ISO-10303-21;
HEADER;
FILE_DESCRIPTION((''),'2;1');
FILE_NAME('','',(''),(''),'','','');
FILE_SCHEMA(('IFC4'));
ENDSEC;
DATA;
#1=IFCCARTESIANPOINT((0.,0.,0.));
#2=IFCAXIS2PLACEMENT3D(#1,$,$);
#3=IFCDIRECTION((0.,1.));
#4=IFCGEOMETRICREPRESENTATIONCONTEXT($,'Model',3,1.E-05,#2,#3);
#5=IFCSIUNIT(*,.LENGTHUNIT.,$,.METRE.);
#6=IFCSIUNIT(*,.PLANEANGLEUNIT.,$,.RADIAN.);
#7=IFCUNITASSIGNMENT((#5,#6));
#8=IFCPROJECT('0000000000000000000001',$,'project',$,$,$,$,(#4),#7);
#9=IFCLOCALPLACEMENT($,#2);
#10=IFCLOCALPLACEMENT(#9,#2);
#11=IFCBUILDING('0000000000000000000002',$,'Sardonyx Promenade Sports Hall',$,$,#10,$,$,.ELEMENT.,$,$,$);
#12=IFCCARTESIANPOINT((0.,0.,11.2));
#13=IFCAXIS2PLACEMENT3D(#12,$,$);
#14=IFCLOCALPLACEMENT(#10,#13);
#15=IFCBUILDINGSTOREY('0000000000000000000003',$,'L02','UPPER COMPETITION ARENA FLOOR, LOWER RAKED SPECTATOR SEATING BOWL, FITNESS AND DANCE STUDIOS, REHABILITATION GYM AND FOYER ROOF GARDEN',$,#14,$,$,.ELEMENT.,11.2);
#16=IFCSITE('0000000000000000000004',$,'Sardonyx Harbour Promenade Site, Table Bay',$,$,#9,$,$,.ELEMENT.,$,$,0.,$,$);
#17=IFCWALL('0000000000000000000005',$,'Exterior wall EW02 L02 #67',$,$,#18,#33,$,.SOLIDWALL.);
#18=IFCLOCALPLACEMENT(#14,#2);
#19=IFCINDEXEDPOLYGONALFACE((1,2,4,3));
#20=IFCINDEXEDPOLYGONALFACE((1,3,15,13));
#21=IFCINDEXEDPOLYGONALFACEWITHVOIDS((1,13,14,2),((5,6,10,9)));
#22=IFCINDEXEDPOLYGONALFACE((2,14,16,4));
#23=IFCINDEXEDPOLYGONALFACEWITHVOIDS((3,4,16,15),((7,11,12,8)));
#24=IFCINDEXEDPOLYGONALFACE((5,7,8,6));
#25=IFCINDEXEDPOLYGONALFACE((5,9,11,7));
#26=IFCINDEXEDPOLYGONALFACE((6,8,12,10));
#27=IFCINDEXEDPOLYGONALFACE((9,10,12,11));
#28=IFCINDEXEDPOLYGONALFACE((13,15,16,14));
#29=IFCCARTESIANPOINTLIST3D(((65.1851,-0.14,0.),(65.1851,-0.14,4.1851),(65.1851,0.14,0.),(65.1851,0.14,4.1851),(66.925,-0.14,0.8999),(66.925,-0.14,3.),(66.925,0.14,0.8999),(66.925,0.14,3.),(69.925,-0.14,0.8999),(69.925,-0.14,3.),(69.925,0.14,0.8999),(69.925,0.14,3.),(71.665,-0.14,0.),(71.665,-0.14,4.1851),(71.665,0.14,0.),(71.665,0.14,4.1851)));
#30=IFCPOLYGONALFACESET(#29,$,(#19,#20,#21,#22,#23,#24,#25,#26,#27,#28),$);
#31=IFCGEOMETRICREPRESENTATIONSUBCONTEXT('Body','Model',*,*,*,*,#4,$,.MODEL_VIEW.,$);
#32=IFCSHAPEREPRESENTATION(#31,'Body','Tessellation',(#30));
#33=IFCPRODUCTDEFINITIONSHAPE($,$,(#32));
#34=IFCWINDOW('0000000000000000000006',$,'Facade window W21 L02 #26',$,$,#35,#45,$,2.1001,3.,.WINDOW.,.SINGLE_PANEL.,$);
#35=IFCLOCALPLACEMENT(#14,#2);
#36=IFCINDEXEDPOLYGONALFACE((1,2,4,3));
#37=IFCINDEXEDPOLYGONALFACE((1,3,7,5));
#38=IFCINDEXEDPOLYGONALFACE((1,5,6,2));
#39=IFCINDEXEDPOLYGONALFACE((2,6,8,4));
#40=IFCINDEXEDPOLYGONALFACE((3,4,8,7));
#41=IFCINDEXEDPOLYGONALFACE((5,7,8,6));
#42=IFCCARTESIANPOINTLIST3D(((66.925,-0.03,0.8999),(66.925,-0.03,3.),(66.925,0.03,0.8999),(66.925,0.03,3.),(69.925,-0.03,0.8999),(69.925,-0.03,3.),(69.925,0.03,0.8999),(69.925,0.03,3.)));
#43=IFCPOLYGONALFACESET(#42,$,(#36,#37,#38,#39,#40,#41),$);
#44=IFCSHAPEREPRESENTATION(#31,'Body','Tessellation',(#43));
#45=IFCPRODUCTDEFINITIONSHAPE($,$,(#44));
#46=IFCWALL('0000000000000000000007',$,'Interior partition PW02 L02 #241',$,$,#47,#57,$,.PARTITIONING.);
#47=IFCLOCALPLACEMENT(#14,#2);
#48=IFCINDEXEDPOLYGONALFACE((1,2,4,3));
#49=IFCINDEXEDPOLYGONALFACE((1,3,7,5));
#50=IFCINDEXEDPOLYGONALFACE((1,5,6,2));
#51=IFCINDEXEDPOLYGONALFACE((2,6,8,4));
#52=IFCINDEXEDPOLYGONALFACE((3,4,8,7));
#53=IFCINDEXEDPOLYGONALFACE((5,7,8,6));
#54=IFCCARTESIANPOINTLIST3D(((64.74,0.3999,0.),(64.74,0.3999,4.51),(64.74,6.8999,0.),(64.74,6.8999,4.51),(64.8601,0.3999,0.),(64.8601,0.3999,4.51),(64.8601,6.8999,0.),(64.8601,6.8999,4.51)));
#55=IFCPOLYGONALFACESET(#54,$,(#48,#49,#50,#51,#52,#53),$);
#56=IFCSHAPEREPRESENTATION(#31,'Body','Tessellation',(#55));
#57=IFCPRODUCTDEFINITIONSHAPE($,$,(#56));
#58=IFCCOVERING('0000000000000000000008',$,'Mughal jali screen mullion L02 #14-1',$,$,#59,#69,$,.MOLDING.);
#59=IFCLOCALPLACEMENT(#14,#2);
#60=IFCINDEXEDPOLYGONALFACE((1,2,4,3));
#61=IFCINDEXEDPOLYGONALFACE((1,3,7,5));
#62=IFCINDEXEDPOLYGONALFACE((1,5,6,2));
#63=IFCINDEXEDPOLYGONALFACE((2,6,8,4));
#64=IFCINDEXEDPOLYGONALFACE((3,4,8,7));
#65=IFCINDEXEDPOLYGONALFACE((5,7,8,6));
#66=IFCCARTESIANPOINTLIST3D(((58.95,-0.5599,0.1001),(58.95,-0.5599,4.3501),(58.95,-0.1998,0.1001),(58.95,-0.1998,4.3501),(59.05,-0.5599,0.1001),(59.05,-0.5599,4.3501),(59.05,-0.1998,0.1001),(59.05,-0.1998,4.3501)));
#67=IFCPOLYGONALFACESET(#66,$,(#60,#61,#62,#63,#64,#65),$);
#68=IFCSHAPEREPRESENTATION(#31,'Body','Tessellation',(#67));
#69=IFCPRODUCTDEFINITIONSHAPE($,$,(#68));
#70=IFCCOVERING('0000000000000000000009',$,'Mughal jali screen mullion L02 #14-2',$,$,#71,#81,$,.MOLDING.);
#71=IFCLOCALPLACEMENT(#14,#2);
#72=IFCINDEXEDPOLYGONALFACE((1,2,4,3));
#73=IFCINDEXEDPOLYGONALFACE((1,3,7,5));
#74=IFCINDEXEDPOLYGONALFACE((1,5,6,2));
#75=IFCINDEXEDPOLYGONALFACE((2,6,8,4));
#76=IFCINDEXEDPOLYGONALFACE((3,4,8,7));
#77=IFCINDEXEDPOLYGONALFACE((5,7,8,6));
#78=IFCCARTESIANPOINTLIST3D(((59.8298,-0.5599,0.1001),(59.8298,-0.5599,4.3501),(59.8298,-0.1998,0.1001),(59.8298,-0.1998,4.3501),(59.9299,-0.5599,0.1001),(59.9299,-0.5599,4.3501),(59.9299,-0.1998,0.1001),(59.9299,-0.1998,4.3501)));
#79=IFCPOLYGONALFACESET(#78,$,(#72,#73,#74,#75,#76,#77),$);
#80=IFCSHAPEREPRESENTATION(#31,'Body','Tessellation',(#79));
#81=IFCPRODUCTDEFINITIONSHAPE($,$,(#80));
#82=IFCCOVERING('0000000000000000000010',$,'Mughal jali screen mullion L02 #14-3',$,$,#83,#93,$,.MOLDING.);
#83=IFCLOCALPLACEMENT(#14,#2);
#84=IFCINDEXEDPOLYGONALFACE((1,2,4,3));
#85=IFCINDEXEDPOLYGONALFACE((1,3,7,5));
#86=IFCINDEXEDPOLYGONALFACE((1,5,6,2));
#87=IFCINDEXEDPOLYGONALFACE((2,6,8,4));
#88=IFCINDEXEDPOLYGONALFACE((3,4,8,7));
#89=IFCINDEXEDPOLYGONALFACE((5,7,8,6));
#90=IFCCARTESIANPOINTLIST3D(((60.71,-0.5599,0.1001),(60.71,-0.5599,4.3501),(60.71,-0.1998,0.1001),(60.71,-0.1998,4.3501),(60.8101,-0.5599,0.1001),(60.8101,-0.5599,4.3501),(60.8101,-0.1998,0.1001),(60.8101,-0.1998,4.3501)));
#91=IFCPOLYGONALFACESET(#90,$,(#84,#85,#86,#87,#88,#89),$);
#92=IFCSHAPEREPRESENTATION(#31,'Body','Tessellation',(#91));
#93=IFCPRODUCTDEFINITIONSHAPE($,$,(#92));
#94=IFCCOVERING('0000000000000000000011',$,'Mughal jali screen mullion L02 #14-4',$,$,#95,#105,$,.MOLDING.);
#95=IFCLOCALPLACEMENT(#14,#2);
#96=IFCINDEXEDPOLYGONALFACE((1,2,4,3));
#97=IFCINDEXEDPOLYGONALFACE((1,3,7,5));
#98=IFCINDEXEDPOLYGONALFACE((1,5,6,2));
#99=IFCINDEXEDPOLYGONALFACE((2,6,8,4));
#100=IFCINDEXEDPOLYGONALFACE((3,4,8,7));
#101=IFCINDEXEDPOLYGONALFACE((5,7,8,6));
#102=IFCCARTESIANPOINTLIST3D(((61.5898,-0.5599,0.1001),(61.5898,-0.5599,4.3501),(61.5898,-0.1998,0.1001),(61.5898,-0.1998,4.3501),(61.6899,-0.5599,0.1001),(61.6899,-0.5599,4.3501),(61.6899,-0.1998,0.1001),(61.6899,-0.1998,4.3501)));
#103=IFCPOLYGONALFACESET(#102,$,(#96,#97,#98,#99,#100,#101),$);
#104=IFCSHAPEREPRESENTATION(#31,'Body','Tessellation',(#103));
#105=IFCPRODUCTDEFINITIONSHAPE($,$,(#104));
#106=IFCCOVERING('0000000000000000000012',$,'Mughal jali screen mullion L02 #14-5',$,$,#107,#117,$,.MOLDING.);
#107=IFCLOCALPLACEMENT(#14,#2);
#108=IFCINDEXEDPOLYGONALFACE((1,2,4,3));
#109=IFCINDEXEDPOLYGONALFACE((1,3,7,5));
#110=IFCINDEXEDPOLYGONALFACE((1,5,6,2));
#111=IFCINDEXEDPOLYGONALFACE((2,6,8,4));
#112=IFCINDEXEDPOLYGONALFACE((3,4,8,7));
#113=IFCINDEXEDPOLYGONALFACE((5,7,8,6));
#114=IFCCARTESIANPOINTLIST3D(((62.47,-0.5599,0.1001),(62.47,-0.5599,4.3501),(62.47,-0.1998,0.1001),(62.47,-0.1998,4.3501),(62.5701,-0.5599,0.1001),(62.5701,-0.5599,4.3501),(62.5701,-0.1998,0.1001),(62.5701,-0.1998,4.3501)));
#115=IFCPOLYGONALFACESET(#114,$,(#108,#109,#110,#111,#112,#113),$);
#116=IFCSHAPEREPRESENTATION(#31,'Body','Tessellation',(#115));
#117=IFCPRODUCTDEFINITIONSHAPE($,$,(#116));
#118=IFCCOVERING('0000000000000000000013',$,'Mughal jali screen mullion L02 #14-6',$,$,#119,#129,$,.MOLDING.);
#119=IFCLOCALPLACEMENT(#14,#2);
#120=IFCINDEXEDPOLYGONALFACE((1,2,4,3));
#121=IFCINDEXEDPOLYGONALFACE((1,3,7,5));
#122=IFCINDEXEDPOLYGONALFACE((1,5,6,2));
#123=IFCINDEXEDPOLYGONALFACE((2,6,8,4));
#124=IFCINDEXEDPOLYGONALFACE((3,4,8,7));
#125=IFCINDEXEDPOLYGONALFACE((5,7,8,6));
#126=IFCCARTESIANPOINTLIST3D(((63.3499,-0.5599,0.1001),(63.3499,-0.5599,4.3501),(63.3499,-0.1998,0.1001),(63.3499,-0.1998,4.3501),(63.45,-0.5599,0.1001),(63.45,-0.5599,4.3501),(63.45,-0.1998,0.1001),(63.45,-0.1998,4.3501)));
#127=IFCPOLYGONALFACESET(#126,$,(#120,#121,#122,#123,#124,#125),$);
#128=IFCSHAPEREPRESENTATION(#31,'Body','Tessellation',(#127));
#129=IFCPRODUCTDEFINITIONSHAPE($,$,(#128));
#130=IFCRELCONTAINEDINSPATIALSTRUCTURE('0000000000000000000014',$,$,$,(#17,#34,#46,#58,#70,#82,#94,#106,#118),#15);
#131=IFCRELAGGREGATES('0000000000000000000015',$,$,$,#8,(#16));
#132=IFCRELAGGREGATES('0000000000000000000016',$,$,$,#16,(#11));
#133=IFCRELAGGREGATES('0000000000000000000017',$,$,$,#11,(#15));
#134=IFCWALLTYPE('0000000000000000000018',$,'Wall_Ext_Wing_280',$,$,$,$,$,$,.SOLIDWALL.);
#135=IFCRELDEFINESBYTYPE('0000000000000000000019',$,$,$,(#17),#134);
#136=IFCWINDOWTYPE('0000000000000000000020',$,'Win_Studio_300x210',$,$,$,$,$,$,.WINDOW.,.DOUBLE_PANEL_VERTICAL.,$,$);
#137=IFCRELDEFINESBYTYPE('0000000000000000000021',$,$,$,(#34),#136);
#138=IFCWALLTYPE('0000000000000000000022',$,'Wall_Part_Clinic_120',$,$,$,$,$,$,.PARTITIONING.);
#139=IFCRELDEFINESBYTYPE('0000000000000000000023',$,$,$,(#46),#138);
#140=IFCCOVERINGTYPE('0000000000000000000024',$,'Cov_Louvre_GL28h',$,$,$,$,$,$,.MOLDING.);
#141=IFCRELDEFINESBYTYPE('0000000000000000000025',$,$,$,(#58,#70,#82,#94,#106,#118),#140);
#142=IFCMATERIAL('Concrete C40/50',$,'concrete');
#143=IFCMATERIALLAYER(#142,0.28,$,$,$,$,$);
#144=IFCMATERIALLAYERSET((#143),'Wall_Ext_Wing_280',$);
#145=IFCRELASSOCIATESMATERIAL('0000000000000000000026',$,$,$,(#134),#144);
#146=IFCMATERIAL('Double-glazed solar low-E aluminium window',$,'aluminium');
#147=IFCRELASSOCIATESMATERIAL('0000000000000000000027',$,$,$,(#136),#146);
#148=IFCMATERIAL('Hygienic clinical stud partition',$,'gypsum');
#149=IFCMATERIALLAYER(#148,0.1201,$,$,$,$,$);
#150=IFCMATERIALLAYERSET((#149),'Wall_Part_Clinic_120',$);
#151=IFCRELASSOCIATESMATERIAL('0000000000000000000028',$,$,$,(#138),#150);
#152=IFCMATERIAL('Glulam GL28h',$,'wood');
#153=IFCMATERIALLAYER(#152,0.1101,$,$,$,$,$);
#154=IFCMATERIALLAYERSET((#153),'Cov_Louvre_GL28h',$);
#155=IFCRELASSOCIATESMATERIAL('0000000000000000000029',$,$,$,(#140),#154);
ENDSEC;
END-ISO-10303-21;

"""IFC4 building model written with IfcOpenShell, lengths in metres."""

from ifc_helpers import new_model, si_unit, direction, frame, frame_2d, origin, origin_2d, place, context, subcontext, project, spatial, rectangle, extrude, material, layer, layer_set, type_object, element, fill, save


model = new_model("IFC4")

# Units and contexts
model_context = context("Model", 3, precision=1e-05, world=origin(), true_north=direction((0.0, 1.0)))
body_context = subcontext(model_context, "Body", "Model", "MODEL_VIEW")
ifc_project = project(units=[si_unit("LENGTHUNIT", "METRE"), si_unit("PLANEANGLEUNIT", "RADIAN")], contexts=[model_context])

# Site, building, storey
site_placement = place(None, origin())
site = spatial("IfcSite", under=ifc_project, at=site_placement, Name="Sardonyx Harbour Promenade Site, Table Bay", CompositionType="ELEMENT", RefElevation=0.0)
building_placement = place(site_placement, origin())
building = spatial("IfcBuilding", under=site, at=building_placement, Name="Sardonyx Promenade Sports Hall", CompositionType="ELEMENT")
storey_placement = place(building_placement, frame((0.0, 0.0, 11.2)))
storey = spatial("IfcBuildingStorey", under=building, at=storey_placement, Name="L02", Description="UPPER COMPETITION ARENA FLOOR, LOWER RAKED SPECTATOR SEATING BOWL, FITNESS AND DANCE STUDIOS, REHABILITATION GYM AND FOYER ROOF GARDEN", CompositionType="ELEMENT", Elevation=11.2)

# Wall, opening, window
ifc_material_1 = material(Name="Concrete C40/50", Category="concrete")
ifc_layer_1 = layer(ifc_material_1, 0.28)
ifc_layer_set_1 = layer_set([ifc_layer_1], Name="Wall_Ext_Wing_280")
wall_type_1 = type_object("IfcWallType", Name="Wall_Ext_Wing_280", PredefinedType="SOLIDWALL", material=ifc_layer_set_1)
wall_1_placement = place(storey_placement, frame((71.665, 0.0, 0.0), z_axis=(0.0, 0.0, 1.0), x_axis=(-1.0, 0.0, 0.0)))
wall_1 = element("IfcWall", 1, at=wall_1_placement, inside=storey, type_object=wall_type_1, Name="Exterior wall EW02 L02 #67", PredefinedType="SOLIDWALL", context=body_context, shape_type="SweptSolid", body=[
    extrude(rectangle(XDim=6.48, YDim=0.28, at=frame_2d((3.24, 0.0))), origin(), (0.0, 0.0, 1.0), 4.1851),
])
opening_placement = place(wall_1_placement, frame((1.74, 0.0, 0.8999)))
opening = element("IfcOpeningElement", 2, at=opening_placement, cuts=wall_1, PredefinedType="OPENING", context=body_context, shape_type="SweptSolid", body=[
    extrude(rectangle(XDim=3.0, YDim=2.1001, at=frame_2d((1.5, 1.05))), frame((0.0, 0.15, 0.0), z_axis=(0.0, -1.0, 0.0), x_axis=(1.0, 0.0, 0.0)), (0.0, 0.0, 1.0), 0.3),
])
ifc_material_2 = material(Name="Double-glazed solar low-E aluminium window", Category="aluminium")
window_type = type_object("IfcWindowType", Name="Win_Studio_300x210", PartitioningType="DOUBLE_PANEL_VERTICAL", PredefinedType="WINDOW", material=ifc_material_2)
window_placement = place(opening_placement, origin())
window = element("IfcWindow", 3, at=window_placement, inside=storey, type_object=window_type, Name="Facade window W21 L02 #26", OverallHeight=2.1001, OverallWidth=3.0, PartitioningType="SINGLE_PANEL", PredefinedType="WINDOW", context=body_context, shape_type="SweptSolid", body=[
    extrude(rectangle(XDim=3.0, YDim=2.1001, at=frame_2d((1.5, 1.05))), frame((0.0, 0.03, 0.0), z_axis=(0.0, -1.0, 0.0), x_axis=(1.0, 0.0, 0.0)), (0.0, 0.0, 1.0), 0.0601),
])
fill(opening, window)

# Wall
ifc_material_3 = material(Name="Hygienic clinical stud partition", Category="gypsum")
ifc_layer_2 = layer(ifc_material_3, 0.1201)
ifc_layer_set_2 = layer_set([ifc_layer_2], Name="Wall_Part_Clinic_120")
wall_type_2 = type_object("IfcWallType", Name="Wall_Part_Clinic_120", PredefinedType="PARTITIONING", material=ifc_layer_set_2)
wall_2_placement = place(storey_placement, frame((64.8, 0.3999, 0.0), z_axis=(0.0, 0.0, 1.0), x_axis=(0.0, 1.0, 0.0)))
element("IfcWall", 4, at=wall_2_placement, inside=storey, type_object=wall_type_2, Name="Interior partition PW02 L02 #241", PredefinedType="PARTITIONING", context=body_context, shape_type="SweptSolid", body=[
    extrude(rectangle(XDim=6.5, YDim=0.1201, at=frame_2d((3.25, 0.0))), origin(), (0.0, 0.0, 1.0), 4.51),
])

# Coverings
ifc_material_4 = material(Name="Glulam GL28h", Category="wood")
ifc_layer_3 = layer(ifc_material_4, 0.1101)
ifc_layer_set_3 = layer_set([ifc_layer_3], Name="Cov_Louvre_GL28h")
covering_type = type_object("IfcCoveringType", Name="Cov_Louvre_GL28h", PredefinedType="MOLDING", material=ifc_layer_set_3)
for number, where, z_axis, x_axis, name in (
    (5, (59.0, -0.3799, 0.1001), (0.0, 0.0, 1.0), (1.0, 0.0, 0.0), "Mughal jali screen mullion L02 #14-1"),
    (6, (59.8799, -0.3799, 0.1001), (0.0, 0.0, 1.0), (1.0, 0.0, 0.0), "Mughal jali screen mullion L02 #14-2"),
    (7, (60.76, -0.3799, 0.1001), (0.0, 0.0, 1.0), (1.0, 0.0, 0.0), "Mughal jali screen mullion L02 #14-3"),
    (8, (61.6399, -0.3799, 0.1001), (0.0, 0.0, 1.0), (1.0, 0.0, 0.0), "Mughal jali screen mullion L02 #14-4"),
    (9, (62.52, -0.3799, 0.1001), (0.0, 0.0, 1.0), (1.0, 0.0, 0.0), "Mughal jali screen mullion L02 #14-5"),
    (10, (63.3999, -0.3799, 0.1001), (0.0, 0.0, 1.0), (1.0, 0.0, 0.0), "Mughal jali screen mullion L02 #14-6"),
):
    element("IfcCovering", number, at=place(storey_placement, frame(where, z_axis=z_axis, x_axis=x_axis)), inside=storey, type_object=covering_type, Name=name, PredefinedType="MOLDING", context=body_context, shape_type="SweptSolid", body=[
        extrude(rectangle(XDim=0.1001, YDim=0.3601, at=origin_2d()), origin(), (0.0, 0.0, 1.0), 4.25),
    ])

save(model, "model.ifc")
